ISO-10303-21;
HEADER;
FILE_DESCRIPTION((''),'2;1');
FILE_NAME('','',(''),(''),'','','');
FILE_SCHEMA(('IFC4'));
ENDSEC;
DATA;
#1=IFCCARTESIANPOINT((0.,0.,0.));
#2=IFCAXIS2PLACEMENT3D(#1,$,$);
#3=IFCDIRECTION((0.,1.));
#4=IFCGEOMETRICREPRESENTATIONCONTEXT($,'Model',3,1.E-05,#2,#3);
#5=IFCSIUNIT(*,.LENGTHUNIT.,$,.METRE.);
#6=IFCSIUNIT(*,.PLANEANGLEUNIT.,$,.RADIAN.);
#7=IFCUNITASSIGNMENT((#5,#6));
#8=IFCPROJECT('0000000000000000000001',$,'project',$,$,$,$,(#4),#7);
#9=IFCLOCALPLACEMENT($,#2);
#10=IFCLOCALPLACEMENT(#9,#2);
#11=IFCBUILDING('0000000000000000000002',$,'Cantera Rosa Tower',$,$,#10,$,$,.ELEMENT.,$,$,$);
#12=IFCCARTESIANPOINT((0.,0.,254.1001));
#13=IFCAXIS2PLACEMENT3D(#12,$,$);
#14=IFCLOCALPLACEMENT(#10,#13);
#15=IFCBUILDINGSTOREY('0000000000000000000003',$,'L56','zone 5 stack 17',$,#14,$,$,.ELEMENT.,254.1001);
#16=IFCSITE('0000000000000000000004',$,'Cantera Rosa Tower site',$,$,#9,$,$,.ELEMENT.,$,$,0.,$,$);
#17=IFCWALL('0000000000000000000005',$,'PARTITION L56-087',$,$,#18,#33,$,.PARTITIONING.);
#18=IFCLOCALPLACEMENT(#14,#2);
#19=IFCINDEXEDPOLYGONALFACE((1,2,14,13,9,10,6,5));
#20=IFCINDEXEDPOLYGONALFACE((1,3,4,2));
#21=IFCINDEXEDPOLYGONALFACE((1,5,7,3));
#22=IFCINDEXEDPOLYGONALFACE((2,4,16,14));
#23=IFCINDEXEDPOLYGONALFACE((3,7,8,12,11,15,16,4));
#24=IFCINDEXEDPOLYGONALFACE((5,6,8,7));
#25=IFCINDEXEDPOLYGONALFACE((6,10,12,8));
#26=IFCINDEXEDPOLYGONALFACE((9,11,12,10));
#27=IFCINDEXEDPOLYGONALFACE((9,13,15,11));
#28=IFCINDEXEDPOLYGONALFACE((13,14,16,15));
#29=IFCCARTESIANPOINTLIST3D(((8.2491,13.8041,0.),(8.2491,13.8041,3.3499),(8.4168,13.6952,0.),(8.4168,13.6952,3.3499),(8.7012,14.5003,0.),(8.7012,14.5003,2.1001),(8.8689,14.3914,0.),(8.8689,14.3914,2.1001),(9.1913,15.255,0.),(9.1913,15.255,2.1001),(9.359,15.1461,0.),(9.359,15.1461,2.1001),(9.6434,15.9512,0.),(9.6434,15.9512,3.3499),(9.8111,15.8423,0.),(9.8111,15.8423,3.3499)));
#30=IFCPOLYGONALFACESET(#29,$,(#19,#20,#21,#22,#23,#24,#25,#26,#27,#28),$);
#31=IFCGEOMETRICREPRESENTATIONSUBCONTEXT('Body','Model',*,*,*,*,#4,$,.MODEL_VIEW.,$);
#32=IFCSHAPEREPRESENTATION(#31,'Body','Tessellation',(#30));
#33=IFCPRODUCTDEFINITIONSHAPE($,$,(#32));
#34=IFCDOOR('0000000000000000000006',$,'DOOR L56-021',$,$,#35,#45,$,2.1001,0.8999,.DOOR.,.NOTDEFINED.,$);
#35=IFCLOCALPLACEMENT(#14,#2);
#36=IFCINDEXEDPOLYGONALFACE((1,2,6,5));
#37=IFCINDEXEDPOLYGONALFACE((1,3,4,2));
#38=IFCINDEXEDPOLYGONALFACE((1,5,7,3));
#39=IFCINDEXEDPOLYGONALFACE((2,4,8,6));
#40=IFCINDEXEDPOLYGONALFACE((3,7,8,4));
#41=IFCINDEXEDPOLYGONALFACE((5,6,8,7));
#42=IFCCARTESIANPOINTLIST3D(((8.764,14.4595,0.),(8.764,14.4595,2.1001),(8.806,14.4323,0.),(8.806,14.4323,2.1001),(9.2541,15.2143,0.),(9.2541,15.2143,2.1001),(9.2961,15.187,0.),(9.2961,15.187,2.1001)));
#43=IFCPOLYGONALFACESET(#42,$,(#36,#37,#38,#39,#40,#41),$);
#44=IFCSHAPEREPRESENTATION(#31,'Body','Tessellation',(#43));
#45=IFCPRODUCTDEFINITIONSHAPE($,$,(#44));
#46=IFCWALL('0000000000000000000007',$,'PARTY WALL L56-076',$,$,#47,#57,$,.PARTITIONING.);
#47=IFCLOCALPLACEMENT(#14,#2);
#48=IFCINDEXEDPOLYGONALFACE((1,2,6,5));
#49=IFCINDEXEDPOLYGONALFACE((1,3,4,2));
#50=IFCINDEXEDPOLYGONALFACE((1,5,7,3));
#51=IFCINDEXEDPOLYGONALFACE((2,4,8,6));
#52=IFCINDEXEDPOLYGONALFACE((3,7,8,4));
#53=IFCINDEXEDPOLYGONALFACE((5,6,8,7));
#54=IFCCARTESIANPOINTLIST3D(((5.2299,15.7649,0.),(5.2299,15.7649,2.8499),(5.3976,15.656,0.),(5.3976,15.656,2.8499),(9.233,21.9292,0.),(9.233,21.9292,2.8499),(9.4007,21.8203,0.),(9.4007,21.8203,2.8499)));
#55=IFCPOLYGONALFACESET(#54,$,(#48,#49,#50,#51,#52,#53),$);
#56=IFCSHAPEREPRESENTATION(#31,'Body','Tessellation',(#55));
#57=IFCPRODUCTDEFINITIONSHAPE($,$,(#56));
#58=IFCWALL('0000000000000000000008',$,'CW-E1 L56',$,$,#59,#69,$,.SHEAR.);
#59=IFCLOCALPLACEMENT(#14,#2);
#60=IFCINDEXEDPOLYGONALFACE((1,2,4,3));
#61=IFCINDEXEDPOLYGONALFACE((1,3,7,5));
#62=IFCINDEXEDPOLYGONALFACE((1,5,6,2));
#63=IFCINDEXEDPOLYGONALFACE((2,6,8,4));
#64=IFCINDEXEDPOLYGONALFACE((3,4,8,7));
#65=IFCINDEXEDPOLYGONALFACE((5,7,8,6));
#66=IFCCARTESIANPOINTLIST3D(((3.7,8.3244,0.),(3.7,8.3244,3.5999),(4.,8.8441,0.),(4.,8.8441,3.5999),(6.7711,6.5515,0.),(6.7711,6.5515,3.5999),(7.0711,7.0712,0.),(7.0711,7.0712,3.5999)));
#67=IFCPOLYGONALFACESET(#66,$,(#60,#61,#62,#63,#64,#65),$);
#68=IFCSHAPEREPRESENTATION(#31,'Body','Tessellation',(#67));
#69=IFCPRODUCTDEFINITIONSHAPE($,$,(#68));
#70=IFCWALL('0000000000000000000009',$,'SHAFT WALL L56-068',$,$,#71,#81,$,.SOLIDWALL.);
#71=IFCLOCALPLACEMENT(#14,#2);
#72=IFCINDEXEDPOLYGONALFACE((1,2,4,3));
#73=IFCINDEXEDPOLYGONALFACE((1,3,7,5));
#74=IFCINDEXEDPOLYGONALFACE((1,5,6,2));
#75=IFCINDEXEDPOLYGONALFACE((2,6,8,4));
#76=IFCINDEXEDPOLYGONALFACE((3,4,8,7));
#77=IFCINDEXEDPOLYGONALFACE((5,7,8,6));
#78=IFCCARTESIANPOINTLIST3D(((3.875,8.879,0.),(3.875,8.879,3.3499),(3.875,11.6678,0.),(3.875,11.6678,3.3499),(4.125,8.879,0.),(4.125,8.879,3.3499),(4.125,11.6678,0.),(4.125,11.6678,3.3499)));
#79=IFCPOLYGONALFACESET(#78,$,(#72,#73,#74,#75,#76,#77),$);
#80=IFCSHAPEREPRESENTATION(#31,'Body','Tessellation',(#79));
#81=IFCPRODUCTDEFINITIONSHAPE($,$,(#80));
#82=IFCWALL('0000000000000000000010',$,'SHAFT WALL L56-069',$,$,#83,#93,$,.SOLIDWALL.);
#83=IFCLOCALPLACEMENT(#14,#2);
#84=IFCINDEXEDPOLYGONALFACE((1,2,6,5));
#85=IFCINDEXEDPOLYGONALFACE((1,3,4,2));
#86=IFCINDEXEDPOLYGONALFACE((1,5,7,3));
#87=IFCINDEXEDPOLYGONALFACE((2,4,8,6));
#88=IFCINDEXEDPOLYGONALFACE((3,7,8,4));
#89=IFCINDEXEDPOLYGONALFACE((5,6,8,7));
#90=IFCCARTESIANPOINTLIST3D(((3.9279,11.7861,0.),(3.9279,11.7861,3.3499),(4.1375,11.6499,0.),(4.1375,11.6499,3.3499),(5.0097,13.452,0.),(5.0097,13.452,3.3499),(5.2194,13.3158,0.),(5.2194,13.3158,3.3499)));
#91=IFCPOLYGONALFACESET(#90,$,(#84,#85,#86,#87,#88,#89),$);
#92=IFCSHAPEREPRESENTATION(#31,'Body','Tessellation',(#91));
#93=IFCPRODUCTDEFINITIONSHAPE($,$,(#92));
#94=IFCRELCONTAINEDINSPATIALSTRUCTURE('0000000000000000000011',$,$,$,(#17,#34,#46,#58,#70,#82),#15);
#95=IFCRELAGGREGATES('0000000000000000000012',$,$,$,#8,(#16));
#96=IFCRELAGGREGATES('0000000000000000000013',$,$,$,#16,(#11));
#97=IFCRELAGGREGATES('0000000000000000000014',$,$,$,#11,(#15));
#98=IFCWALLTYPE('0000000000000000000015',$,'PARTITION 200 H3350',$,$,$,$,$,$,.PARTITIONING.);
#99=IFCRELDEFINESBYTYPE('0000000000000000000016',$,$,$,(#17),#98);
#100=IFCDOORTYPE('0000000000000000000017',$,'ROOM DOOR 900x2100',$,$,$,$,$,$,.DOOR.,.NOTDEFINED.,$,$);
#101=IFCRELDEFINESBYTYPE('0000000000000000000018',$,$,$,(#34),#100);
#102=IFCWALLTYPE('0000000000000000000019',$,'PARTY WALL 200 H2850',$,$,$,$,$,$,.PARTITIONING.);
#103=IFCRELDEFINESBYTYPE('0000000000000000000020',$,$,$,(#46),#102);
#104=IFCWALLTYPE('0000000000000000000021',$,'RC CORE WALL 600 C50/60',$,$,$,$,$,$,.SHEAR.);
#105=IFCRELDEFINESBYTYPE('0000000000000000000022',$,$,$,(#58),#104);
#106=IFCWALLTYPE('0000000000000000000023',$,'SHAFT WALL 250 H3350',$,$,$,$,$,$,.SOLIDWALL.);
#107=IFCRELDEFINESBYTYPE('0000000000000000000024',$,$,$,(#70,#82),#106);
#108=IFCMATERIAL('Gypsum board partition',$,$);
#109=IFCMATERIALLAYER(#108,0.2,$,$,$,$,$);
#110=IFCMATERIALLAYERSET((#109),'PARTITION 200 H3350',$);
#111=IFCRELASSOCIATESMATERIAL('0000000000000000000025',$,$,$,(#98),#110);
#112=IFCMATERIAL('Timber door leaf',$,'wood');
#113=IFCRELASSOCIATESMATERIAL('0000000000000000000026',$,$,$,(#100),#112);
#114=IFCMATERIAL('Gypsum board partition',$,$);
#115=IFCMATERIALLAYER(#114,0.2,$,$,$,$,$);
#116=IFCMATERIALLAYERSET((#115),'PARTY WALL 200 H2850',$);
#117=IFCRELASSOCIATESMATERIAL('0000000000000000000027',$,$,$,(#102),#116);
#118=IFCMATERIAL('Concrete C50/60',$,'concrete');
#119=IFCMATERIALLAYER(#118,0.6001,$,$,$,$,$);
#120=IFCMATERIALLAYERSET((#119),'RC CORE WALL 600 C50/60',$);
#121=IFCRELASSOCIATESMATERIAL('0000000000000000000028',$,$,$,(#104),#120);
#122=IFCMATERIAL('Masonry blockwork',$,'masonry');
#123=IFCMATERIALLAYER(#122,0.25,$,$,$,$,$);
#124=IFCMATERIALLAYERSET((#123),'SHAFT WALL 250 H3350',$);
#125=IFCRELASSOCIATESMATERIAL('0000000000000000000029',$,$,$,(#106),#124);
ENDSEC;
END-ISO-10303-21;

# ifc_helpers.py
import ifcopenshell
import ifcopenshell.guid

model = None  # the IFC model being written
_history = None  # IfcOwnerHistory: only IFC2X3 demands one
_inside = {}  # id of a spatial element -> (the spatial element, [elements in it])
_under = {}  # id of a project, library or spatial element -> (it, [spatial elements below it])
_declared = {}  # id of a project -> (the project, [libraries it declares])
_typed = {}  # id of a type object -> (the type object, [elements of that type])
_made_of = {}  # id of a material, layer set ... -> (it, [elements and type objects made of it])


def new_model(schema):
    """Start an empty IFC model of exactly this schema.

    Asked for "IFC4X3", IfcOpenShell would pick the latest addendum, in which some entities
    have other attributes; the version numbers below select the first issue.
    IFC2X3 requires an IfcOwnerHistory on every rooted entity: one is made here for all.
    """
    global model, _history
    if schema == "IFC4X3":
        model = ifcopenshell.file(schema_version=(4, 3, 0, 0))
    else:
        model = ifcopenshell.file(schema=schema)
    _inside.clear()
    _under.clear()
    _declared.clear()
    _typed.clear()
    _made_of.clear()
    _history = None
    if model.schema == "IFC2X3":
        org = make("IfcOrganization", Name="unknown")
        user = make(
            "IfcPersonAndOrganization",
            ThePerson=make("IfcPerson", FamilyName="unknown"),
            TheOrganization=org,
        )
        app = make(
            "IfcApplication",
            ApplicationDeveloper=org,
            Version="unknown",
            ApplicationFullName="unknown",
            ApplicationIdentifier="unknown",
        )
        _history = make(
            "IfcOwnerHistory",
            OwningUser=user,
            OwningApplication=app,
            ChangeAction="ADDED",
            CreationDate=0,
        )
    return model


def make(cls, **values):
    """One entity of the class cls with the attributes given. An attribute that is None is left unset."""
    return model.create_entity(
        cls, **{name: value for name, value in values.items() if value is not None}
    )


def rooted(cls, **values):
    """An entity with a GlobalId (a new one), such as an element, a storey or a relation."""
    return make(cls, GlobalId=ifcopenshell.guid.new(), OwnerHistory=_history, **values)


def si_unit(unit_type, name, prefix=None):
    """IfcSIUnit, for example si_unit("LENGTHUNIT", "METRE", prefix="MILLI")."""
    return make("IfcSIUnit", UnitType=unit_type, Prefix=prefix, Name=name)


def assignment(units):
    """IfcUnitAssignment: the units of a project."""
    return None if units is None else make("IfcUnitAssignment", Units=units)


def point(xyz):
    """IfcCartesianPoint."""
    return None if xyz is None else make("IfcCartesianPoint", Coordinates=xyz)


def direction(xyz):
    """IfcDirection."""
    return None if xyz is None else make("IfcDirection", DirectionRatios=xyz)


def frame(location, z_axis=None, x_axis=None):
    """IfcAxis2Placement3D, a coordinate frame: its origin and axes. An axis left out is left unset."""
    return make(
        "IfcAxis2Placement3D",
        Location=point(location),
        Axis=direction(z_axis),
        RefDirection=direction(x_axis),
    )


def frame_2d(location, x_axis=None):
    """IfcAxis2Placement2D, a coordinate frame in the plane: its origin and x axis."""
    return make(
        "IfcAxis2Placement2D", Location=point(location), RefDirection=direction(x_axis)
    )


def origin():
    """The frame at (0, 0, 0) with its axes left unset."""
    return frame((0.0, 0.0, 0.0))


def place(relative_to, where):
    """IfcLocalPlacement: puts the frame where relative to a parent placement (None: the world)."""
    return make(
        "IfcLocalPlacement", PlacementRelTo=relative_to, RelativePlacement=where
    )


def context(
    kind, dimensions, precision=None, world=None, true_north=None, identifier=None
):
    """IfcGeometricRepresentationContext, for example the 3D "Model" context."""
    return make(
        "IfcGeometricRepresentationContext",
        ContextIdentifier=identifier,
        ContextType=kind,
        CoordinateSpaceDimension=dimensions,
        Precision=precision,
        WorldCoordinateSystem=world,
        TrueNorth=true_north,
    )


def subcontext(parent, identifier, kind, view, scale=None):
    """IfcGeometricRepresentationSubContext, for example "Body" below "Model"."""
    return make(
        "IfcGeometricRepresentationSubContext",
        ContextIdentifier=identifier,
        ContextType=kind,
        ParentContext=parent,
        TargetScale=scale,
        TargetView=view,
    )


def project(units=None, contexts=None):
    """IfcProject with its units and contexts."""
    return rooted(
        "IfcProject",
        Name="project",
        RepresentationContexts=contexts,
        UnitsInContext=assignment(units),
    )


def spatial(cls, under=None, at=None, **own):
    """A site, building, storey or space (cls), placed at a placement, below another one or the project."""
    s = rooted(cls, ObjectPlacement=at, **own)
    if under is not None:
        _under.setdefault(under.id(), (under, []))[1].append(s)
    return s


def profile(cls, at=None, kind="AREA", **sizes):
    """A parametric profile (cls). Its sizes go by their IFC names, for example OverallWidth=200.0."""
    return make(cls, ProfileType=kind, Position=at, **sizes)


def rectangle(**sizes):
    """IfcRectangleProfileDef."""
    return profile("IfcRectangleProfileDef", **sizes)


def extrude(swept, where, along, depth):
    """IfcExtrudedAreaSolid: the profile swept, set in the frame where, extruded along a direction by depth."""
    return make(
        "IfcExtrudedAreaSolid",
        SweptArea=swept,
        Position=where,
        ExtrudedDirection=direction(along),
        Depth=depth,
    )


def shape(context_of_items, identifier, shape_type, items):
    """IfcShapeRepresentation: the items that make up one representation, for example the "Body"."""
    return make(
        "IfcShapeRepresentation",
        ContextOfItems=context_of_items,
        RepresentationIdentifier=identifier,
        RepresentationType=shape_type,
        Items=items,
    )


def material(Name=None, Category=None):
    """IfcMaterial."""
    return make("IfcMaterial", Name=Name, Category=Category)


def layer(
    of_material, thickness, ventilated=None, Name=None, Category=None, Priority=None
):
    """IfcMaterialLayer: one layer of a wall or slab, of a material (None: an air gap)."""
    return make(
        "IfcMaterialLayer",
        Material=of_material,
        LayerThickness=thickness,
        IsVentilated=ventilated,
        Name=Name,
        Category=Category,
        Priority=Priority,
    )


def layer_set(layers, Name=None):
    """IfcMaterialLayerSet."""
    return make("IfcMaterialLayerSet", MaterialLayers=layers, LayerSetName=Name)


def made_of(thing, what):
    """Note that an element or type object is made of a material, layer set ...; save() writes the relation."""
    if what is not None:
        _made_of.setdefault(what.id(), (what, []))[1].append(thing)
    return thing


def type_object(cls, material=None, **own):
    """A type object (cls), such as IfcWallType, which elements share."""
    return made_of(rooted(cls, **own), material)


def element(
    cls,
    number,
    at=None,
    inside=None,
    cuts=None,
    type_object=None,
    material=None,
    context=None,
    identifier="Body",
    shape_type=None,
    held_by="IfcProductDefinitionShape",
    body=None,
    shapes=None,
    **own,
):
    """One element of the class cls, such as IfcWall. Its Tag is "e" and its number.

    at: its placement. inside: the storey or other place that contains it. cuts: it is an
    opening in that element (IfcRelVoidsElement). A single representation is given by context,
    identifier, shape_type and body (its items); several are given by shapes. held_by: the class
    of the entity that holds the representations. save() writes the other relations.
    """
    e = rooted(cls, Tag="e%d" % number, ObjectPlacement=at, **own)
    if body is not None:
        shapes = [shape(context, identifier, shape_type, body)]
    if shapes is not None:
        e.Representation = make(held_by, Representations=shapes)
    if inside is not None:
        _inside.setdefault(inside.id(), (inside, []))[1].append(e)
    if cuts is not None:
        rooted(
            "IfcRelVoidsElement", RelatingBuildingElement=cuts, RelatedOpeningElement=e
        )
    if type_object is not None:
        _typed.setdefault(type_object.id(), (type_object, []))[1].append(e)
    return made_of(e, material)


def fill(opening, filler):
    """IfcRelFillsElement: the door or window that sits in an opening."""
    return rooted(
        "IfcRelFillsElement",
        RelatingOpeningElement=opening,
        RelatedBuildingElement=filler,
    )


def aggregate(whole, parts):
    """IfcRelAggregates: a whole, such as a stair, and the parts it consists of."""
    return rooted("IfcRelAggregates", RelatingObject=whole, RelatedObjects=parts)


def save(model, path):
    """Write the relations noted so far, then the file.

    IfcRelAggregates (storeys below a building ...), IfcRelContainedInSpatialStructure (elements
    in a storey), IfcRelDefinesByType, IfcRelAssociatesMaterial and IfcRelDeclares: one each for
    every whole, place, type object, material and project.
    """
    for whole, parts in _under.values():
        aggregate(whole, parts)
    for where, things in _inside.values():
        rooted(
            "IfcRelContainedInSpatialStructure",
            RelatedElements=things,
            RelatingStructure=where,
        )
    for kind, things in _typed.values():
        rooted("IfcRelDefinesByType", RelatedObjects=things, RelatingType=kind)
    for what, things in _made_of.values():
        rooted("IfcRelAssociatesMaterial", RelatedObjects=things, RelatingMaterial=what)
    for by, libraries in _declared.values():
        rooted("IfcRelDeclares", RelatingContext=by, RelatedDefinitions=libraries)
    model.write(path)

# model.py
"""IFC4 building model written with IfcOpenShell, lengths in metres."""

from ifc_helpers import new_model, si_unit, direction, frame, frame_2d, origin, place, context, subcontext, project, spatial, rectangle, extrude, material, layer, layer_set, type_object, element, fill, save


model = new_model("IFC4")

# Units and contexts
model_context = context("Model", 3, precision=1e-05, world=origin(), true_north=direction((0.0, 1.0)))
body_context = subcontext(model_context, "Body", "Model", "MODEL_VIEW")
ifc_project = project(units=[si_unit("LENGTHUNIT", "METRE"), si_unit("PLANEANGLEUNIT", "RADIAN")], contexts=[model_context])

# Site, building, storey
site_placement = place(None, origin())
site = spatial("IfcSite", under=ifc_project, at=site_placement, Name="Cantera Rosa Tower site", CompositionType="ELEMENT", RefElevation=0.0)
building_placement = place(site_placement, origin())
building = spatial("IfcBuilding", under=site, at=building_placement, Name="Cantera Rosa Tower", CompositionType="ELEMENT")
storey_placement = place(building_placement, frame((0.0, 0.0, 254.1001)))
storey = spatial("IfcBuildingStorey", under=building, at=storey_placement, Name="L56", Description="zone 5 stack 17", CompositionType="ELEMENT", Elevation=254.1001)

# Shared definitions
ifc_material_1 = material(Name="Gypsum board partition")
ifc_layer_1 = layer(ifc_material_1, 0.2)
ifc_layer_set_1 = layer_set([ifc_layer_1], Name="PARTITION 200 H3350")
wall_type_1 = type_object("IfcWallType", Name="PARTITION 200 H3350", PredefinedType="PARTITIONING", material=ifc_layer_set_1)

# Wall, opening, door
wall_1_placement = place(storey_placement, frame((9.7273, 15.8967, 0.0), z_axis=(0.0, 0.0, 1.0), x_axis=(-0.544646, -0.838666, 0.0)))
wall_1 = element("IfcWall", 1, at=wall_1_placement, inside=storey, type_object=wall_type_1, Name="PARTITION L56-087", PredefinedType="PARTITIONING", context=body_context, shape_type="SweptSolid", body=[
    extrude(rectangle(XDim=2.5601, YDim=0.2, at=frame_2d((1.28, 0.0))), origin(), (0.0, 0.0, 1.0), 3.3499),
])
opening_1_placement = place(wall_1_placement, frame((0.8301, 0.0, 0.0)))
opening_1 = element("IfcOpeningElement", 2, at=opening_1_placement, cuts=wall_1, PredefinedType="OPENING", context=body_context, shape_type="SweptSolid", body=[
    extrude(rectangle(XDim=0.8999, YDim=2.1001, at=frame_2d((0.45, 1.05))), frame((0.0, 0.1099, 0.0), z_axis=(0.0, -1.0, 0.0), x_axis=(1.0, 0.0, 0.0)), (0.0, 0.0, 1.0), 0.22),
])
ifc_material_2 = material(Name="Timber door leaf", Category="wood")
door_type_1 = type_object("IfcDoorType", Name="ROOM DOOR 900x2100", OperationType="NOTDEFINED", PredefinedType="DOOR", material=ifc_material_2)
door_1_placement = place(opening_1_placement, origin())
door_1 = element("IfcDoor", 3, at=door_1_placement, inside=storey, type_object=door_type_1, Name="DOOR L56-021", OperationType="NOTDEFINED", OverallHeight=2.1001, OverallWidth=0.8999, PredefinedType="DOOR", context=body_context, shape_type="SweptSolid", body=[
    extrude(rectangle(XDim=0.8999, YDim=2.1001, at=frame_2d((0.45, 1.05))), frame((0.0, 0.0249, 0.0), z_axis=(0.0, -1.0, 0.0), x_axis=(1.0, 0.0, 0.0)), (0.0, 0.0, 1.0), 0.05),
])
fill(opening_1, door_1)

# Walls
ifc_material_3 = material(Name="Gypsum board partition")
ifc_layer_2 = layer(ifc_material_3, 0.2)
ifc_layer_set_2 = layer_set([ifc_layer_2], Name="PARTY WALL 200 H2850")
wall_type_2 = type_object("IfcWallType", Name="PARTY WALL 200 H2850", PredefinedType="PARTITIONING", material=ifc_layer_set_2)
wall_2_placement = place(storey_placement, frame((5.3137, 15.7104, 0.0), z_axis=(0.0, 0.0, 1.0), x_axis=(0.544642, 0.838669, 0.0)))
element("IfcWall", 4, at=wall_2_placement, inside=storey, type_object=wall_type_2, Name="PARTY WALL L56-076", PredefinedType="PARTITIONING", context=body_context, shape_type="SweptSolid", body=[
    extrude(rectangle(XDim=7.3501, YDim=0.2, at=frame_2d((3.675, 0.0))), origin(), (0.0, 0.0, 1.0), 2.8499),
])
ifc_material_4 = material(Name="Concrete C50/60", Category="concrete")
ifc_layer_3 = layer(ifc_material_4, 0.6001)
ifc_layer_set_3 = layer_set([ifc_layer_3], Name="RC CORE WALL 600 C50/60")
wall_type_3 = type_object("IfcWallType", Name="RC CORE WALL 600 C50/60", PredefinedType="SHEAR", material=ifc_layer_set_3)
wall_3_placement = place(storey_placement, frame((3.8501, 8.5842, 0.0), z_axis=(0.0, 0.0, 1.0), x_axis=(0.86604, -0.499975, 0.0)))
element("IfcWall", 5, at=wall_3_placement, inside=storey, type_object=wall_type_3, Name="CW-E1 L56", PredefinedType="SHEAR", context=body_context, shape_type="SweptSolid", body=[
    extrude(rectangle(XDim=3.5461, YDim=0.6001, at=frame_2d((1.7729, 0.0))), origin(), (0.0, 0.0, 1.0), 3.5999),
])
ifc_material_5 = material(Name="Masonry blockwork", Category="masonry")
ifc_layer_4 = layer(ifc_material_5, 0.25)
ifc_layer_set_4 = layer_set([ifc_layer_4], Name="SHAFT WALL 250 H3350")
wall_type_4 = type_object("IfcWallType", Name="SHAFT WALL 250 H3350", PredefinedType="SOLIDWALL", material=ifc_layer_set_4)
wall_4_placement = place(storey_placement, frame((4.0, 8.8789, 0.0), z_axis=(0.0, 0.0, 1.0), x_axis=(0.0, 1.0, 0.0)))
element("IfcWall", 6, at=wall_4_placement, inside=storey, type_object=wall_type_4, Name="SHAFT WALL L56-068", PredefinedType="SOLIDWALL", context=body_context, shape_type="SweptSolid", body=[
    extrude(rectangle(XDim=2.7888, YDim=0.25, at=frame_2d((1.3945, 0.0))), origin(), (0.0, 0.0, 1.0), 3.3499),
])
wall_5_placement = place(storey_placement, frame((4.0327, 11.718, 0.0), z_axis=(0.0, 0.0, 1.0), x_axis=(0.544647, 0.838665, 0.0)))
element("IfcWall", 7, at=wall_5_placement, inside=storey, type_object=wall_type_4, Name="SHAFT WALL L56-069", PredefinedType="SOLIDWALL", context=body_context, shape_type="SweptSolid", body=[
    extrude(rectangle(XDim=1.9863, YDim=0.25, at=frame_2d((0.9932, 0.0))), origin(), (0.0, 0.0, 1.0), 3.3499),
])

save(model, "model.ifc")
